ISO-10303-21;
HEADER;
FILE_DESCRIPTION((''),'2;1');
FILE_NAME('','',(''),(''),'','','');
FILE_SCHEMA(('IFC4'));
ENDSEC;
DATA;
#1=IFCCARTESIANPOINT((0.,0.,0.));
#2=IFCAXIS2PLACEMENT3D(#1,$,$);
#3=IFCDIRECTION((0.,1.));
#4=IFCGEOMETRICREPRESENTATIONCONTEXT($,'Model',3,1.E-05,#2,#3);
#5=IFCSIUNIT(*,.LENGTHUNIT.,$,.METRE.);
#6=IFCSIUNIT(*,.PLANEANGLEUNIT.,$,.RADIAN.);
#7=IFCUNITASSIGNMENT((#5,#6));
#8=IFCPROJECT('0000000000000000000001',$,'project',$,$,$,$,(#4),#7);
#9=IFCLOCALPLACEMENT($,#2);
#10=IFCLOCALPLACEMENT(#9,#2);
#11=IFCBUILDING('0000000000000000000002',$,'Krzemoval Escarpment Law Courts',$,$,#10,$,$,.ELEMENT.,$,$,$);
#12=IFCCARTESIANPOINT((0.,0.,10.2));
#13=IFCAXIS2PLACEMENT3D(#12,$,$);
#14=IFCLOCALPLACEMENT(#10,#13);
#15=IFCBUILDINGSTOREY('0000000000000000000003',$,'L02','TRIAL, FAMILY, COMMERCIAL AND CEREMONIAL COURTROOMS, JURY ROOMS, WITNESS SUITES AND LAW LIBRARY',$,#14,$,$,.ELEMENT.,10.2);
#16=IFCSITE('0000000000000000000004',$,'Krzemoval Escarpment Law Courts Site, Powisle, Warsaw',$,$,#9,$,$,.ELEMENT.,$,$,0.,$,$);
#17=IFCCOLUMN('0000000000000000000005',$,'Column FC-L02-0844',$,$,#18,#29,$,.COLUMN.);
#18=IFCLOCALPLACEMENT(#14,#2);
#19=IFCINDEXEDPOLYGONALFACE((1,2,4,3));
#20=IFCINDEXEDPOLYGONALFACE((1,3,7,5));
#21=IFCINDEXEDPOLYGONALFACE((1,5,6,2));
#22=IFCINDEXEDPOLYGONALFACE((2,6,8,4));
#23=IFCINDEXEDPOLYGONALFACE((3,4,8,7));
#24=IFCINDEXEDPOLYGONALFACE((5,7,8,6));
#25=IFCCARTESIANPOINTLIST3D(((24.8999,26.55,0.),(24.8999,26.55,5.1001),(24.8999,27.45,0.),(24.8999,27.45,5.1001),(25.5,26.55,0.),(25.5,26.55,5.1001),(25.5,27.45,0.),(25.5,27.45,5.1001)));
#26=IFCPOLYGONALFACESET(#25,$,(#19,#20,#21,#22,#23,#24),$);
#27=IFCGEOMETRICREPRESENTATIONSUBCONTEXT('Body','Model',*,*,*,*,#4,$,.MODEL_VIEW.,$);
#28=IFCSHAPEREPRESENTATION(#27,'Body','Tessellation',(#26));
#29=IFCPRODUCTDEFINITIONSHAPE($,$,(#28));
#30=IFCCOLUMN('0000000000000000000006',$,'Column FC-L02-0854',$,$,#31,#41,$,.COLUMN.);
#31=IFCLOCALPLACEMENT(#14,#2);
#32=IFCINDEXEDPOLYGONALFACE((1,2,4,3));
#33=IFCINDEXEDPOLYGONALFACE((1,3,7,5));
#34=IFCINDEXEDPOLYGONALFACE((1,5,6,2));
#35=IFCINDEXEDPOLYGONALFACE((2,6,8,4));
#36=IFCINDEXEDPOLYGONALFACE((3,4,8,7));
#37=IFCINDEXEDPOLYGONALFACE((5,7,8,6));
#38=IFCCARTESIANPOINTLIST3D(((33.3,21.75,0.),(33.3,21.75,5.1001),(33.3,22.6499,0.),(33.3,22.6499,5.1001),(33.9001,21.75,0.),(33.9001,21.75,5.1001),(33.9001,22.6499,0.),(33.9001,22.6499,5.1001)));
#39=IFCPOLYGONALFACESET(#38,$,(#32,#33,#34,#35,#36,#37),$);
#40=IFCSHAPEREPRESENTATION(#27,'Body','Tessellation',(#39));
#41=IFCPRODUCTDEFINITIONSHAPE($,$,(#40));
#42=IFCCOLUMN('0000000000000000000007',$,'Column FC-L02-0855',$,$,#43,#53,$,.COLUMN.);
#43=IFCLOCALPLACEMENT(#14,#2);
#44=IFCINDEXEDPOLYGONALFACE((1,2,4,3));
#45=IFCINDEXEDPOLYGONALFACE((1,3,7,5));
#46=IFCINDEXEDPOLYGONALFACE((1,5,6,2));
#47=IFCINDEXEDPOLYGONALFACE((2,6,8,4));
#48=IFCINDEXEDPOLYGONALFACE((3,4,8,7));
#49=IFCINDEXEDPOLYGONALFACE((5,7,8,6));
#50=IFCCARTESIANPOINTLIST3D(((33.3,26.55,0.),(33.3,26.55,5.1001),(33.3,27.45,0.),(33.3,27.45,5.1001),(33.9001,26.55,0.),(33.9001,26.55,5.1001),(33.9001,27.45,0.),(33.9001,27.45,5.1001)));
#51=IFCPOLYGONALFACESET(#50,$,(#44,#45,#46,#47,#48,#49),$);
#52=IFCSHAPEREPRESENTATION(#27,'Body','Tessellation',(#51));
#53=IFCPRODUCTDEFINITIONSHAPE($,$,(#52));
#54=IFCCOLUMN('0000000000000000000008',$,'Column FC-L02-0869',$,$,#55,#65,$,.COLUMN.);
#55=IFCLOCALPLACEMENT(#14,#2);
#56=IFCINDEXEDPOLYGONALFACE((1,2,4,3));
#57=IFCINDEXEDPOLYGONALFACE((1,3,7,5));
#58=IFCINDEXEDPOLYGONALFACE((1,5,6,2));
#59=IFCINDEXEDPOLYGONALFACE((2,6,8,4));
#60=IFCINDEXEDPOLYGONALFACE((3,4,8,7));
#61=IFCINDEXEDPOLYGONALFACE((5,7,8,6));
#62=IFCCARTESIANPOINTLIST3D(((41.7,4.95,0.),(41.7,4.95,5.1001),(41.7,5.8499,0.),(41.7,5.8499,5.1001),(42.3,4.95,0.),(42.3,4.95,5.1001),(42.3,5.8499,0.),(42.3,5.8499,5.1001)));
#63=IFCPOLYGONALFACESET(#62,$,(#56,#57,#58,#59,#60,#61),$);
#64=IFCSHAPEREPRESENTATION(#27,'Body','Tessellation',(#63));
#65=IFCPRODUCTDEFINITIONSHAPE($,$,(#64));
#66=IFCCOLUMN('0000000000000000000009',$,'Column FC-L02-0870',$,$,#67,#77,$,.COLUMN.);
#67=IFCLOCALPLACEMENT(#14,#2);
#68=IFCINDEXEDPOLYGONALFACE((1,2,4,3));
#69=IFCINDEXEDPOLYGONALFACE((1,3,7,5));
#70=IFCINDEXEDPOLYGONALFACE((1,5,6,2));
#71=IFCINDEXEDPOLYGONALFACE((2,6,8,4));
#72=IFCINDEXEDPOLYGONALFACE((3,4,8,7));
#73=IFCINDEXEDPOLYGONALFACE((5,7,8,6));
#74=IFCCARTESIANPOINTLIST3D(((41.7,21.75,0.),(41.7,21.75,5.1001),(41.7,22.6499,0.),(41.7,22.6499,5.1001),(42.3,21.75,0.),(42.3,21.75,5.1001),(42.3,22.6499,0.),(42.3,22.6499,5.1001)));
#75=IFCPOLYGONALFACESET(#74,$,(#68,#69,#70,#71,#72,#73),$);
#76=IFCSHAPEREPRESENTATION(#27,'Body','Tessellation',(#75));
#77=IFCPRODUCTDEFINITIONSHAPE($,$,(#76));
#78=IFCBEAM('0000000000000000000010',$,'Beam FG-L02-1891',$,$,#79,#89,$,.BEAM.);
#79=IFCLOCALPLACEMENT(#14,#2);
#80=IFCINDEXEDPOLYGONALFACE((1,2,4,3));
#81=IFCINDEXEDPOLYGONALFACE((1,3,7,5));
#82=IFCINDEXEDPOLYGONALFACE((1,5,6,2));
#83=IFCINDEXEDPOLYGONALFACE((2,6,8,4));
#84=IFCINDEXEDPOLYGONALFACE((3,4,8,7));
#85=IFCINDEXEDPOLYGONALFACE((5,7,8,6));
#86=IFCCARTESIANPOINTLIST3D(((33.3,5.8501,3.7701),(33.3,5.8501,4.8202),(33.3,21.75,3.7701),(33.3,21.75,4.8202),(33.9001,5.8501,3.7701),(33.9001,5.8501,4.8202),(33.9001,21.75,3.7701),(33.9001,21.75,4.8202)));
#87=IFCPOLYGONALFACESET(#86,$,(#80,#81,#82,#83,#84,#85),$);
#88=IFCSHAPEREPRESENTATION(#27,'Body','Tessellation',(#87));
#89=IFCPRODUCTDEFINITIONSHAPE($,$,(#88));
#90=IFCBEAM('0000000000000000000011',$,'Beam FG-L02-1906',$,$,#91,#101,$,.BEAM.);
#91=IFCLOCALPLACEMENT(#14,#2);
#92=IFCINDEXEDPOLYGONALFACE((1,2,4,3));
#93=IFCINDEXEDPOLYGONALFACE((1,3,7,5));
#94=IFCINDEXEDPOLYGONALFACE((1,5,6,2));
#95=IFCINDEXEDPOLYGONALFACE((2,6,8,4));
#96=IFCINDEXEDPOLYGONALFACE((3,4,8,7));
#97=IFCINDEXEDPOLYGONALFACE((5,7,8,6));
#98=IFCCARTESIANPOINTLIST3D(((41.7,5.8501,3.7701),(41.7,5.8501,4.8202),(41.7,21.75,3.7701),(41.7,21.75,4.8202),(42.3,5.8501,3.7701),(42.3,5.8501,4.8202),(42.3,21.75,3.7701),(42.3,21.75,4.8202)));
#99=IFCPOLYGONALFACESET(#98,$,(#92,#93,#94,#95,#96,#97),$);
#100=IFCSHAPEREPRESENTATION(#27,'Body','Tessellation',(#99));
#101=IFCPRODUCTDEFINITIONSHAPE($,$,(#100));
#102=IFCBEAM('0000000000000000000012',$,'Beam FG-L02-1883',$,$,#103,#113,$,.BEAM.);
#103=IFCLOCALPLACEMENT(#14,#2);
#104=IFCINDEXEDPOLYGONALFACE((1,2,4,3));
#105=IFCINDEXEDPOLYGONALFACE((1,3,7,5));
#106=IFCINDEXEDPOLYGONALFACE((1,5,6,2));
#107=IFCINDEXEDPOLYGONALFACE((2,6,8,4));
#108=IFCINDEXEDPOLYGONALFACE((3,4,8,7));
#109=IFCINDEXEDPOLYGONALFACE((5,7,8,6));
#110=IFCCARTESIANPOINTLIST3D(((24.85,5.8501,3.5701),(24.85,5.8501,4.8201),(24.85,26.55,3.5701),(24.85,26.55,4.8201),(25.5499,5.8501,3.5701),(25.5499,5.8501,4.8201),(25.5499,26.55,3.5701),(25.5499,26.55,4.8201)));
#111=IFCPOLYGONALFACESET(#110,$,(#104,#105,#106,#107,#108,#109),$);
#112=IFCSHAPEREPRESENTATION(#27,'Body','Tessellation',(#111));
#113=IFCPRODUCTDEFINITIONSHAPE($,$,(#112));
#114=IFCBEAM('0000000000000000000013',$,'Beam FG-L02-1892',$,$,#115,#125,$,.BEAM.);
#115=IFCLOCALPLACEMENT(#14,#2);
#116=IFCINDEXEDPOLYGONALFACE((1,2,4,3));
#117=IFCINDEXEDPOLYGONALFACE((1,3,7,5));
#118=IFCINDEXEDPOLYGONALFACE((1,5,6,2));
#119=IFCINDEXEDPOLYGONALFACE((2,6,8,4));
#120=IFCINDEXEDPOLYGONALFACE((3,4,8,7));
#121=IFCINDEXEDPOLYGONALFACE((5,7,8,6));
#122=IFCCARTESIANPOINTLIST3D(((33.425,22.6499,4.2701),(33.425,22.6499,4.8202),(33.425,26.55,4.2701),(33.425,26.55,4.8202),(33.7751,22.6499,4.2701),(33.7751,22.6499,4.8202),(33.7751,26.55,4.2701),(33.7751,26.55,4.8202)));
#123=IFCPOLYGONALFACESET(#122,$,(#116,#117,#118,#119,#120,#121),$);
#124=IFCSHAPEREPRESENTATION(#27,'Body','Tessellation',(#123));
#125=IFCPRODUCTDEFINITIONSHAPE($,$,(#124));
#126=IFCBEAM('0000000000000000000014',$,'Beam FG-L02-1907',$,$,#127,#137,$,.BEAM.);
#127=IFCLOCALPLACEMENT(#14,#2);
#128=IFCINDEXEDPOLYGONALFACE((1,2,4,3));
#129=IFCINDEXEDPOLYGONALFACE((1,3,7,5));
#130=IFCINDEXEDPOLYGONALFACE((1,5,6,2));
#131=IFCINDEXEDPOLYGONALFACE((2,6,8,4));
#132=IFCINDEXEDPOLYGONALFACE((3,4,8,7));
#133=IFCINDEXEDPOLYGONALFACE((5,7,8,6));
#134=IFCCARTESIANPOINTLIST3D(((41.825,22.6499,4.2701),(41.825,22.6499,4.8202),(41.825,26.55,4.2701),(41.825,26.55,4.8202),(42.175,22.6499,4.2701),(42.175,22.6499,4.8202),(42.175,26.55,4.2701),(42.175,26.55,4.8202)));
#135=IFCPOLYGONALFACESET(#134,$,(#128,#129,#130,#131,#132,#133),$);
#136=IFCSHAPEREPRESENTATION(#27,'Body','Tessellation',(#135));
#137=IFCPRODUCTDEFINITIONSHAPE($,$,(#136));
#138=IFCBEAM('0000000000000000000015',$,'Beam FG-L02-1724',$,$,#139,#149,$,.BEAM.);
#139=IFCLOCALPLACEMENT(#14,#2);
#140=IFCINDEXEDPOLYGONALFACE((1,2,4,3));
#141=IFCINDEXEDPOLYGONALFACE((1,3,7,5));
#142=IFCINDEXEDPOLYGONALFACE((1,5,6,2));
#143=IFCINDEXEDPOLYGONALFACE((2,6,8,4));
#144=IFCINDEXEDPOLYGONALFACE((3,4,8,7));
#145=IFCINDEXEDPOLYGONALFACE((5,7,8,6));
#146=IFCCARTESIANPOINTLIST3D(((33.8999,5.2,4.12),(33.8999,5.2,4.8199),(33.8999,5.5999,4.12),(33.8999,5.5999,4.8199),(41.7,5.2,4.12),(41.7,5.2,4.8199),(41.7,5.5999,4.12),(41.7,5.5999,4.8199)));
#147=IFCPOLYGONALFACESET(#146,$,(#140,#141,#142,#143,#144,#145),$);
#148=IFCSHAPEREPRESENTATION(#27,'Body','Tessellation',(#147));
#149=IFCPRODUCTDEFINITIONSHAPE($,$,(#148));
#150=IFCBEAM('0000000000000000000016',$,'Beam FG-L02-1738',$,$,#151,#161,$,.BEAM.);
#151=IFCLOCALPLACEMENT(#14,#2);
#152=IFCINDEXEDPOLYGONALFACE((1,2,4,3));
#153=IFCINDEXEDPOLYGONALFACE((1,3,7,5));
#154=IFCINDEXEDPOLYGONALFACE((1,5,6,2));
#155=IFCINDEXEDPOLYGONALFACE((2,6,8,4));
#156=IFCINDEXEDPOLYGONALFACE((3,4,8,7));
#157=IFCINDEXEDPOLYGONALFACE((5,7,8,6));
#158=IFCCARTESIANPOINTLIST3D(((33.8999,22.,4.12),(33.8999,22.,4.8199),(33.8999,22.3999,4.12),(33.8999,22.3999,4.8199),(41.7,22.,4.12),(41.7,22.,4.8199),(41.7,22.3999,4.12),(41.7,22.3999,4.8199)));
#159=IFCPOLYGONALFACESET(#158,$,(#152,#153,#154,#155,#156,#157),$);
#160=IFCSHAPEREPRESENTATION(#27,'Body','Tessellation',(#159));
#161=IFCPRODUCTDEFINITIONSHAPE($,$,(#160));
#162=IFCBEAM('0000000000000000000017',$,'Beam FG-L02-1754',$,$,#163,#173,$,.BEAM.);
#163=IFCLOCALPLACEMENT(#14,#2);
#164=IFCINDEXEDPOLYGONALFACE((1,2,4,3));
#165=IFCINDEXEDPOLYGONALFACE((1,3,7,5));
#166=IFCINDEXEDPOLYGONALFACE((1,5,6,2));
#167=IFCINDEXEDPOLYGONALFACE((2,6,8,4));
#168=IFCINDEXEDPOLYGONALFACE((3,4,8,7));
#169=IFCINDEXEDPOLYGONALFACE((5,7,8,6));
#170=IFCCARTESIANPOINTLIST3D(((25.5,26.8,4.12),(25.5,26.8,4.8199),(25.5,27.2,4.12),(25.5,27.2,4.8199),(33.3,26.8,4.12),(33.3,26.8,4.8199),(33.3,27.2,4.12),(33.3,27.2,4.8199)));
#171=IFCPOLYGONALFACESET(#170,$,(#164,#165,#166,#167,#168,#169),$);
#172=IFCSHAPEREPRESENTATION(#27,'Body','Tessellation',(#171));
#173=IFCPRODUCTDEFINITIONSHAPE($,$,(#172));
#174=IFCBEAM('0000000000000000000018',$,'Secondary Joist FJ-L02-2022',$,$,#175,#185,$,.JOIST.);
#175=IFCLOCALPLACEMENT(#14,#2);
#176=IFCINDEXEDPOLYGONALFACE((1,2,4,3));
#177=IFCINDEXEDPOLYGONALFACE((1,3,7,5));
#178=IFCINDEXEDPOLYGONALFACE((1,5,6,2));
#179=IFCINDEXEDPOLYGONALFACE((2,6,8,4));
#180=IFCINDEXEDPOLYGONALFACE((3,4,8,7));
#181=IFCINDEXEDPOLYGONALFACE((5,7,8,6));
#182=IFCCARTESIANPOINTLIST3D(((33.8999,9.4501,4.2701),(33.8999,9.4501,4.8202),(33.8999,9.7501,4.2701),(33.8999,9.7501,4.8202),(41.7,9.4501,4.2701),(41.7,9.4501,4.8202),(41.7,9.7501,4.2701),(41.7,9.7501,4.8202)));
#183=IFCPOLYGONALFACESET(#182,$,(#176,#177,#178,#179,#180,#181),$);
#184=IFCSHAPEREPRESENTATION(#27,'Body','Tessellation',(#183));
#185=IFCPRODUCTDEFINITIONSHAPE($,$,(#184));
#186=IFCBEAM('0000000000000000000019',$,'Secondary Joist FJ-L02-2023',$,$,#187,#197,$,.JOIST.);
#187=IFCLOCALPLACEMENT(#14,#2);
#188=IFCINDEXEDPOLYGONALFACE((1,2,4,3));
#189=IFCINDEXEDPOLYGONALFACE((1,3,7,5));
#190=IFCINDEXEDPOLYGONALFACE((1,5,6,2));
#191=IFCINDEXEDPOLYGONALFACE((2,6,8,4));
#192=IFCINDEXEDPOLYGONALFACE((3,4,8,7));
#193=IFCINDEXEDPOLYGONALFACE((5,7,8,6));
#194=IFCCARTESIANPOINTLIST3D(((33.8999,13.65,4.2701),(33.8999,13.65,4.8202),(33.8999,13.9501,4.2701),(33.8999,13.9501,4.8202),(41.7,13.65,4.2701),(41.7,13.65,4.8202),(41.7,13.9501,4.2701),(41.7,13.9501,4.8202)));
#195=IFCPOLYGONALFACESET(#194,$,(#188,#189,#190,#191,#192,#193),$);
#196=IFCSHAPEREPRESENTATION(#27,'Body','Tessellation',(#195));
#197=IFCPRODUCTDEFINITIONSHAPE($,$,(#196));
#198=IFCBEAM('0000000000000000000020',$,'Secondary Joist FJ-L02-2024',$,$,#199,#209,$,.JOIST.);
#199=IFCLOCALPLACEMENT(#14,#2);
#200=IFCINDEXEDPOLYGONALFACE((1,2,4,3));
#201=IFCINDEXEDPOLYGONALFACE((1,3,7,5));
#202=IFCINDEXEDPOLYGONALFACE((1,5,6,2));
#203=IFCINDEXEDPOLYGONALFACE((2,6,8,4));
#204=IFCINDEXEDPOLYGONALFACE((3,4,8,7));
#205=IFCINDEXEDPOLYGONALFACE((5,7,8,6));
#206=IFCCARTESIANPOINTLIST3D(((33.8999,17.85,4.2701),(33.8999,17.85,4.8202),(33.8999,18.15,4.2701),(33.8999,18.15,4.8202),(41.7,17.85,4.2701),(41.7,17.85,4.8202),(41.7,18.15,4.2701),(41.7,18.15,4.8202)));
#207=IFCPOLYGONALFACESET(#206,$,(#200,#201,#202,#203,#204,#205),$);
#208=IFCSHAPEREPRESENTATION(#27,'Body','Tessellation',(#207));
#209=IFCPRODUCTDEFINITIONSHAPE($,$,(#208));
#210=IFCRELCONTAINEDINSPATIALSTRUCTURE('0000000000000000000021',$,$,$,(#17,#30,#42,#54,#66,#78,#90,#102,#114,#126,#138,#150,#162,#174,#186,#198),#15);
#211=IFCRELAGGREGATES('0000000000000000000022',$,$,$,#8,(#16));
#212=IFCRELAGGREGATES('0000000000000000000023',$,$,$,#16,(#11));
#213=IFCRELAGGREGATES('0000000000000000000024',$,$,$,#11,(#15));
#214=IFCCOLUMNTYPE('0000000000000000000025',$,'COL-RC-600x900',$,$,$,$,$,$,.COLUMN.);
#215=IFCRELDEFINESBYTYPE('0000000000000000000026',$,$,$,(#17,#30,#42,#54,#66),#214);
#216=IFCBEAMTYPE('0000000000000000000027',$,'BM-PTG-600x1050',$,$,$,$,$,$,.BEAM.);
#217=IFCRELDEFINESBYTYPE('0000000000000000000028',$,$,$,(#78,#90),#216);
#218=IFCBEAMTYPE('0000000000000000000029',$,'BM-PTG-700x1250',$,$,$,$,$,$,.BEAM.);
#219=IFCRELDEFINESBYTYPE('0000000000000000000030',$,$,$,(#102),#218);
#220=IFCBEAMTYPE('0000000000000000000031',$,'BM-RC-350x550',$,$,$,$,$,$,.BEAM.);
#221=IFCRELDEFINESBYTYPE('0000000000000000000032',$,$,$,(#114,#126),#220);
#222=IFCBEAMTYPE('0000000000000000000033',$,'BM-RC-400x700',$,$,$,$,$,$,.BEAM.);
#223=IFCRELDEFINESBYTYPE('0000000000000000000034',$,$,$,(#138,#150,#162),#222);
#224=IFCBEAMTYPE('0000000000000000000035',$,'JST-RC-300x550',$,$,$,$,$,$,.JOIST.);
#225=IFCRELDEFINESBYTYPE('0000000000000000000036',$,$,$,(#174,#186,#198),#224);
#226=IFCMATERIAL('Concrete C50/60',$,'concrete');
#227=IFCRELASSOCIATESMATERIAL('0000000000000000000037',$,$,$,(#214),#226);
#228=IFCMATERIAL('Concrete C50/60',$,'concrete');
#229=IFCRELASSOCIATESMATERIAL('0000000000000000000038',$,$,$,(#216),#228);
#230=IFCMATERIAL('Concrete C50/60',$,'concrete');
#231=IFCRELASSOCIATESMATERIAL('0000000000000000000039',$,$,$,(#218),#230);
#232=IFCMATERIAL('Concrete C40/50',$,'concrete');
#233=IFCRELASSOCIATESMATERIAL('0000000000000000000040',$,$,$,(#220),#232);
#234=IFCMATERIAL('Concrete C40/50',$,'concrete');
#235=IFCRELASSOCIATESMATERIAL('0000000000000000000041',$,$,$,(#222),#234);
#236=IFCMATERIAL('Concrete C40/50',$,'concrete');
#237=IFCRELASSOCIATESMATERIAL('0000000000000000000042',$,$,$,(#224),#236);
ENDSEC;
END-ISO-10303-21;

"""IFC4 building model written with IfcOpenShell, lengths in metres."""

from ifc_helpers import new_model, si_unit, direction, frame, origin, origin_2d, place, context, subcontext, project, spatial, rectangle, extrude, material, material_profile, profile_set, type_object, element, save


model = new_model("IFC4")

# Units and contexts
model_context = context("Model", 3, precision=1e-05, world=origin(), true_north=direction((0.0, 1.0)))
body_context = subcontext(model_context, "Body", "Model", "MODEL_VIEW")
ifc_project = project(units=[si_unit("LENGTHUNIT", "METRE"), si_unit("PLANEANGLEUNIT", "RADIAN")], contexts=[model_context])

# Site, building, storey
site_placement = place(None, origin())
site = spatial("IfcSite", under=ifc_project, at=site_placement, Name="Krzemoval Escarpment Law Courts Site, Powisle, Warsaw", CompositionType="ELEMENT", RefElevation=0.0)
building_placement = place(site_placement, origin())
building = spatial("IfcBuilding", under=site, at=building_placement, Name="Krzemoval Escarpment Law Courts", CompositionType="ELEMENT")
storey_placement = place(building_placement, frame((0.0, 0.0, 10.2)))
storey = spatial("IfcBuildingStorey", under=building, at=storey_placement, Name="L02", Description="TRIAL, FAMILY, COMMERCIAL AND CEREMONIAL COURTROOMS, JURY ROOMS, WITNESS SUITES AND LAW LIBRARY", CompositionType="ELEMENT", Elevation=10.2)

# Columns
ifc_material_1 = material(Name="Concrete C50/60", Category="concrete")
ifc_material_profile_1 = material_profile(ifc_material_1, rectangle(XDim=0.6001, YDim=0.8999, at=origin_2d()), Name="RC 600x900")
ifc_profile_set_1 = profile_set([ifc_material_profile_1], Name="Concrete C50/60")
column_type = type_object("IfcColumnType", Name="COL-RC-600x900", PredefinedType="COLUMN", material=ifc_profile_set_1)
for number, where, z_axis, x_axis, name in (
    (1, (25.2, 27.0, 0.0), (0.0, 0.0, 1.0), (1.0, 0.0, 0.0), "Column FC-L02-0844"),
    (2, (33.6001, 22.2, 0.0), (0.0, 0.0, 1.0), (1.0, 0.0, 0.0), "Column FC-L02-0854"),
    (3, (33.6001, 27.0, 0.0), (0.0, 0.0, 1.0), (1.0, 0.0, 0.0), "Column FC-L02-0855"),
    (4, (42.0, 5.3999, 0.0), (0.0, 0.0, 1.0), (1.0, 0.0, 0.0), "Column FC-L02-0869"),
    (5, (42.0, 22.2, 0.0), (0.0, 0.0, 1.0), (1.0, 0.0, 0.0), "Column FC-L02-0870"),
):
    element("IfcColumn", number, at=place(storey_placement, frame(where, z_axis=z_axis, x_axis=x_axis)), inside=storey, type_object=column_type, Name=name, PredefinedType="COLUMN", context=body_context, shape_type="SweptSolid", body=[
        extrude(rectangle(XDim=0.6001, YDim=0.8999, at=origin_2d()), origin(), (0.0, 0.0, 1.0), 5.1001),
    ])

# Beams
ifc_material_2 = material(Name="Concrete C50/60", Category="concrete")
ifc_material_profile_2 = material_profile(ifc_material_2, rectangle(XDim=0.6001, YDim=1.05, at=origin_2d()), Name="PTG 600x1050")
ifc_profile_set_2 = profile_set([ifc_material_profile_2], Name="Concrete C50/60")
beam_type_1 = type_object("IfcBeamType", Name="BM-PTG-600x1050", PredefinedType="BEAM", material=ifc_profile_set_2)
for number, where, z_axis, x_axis, name in (
    (6, (33.6001, 5.8501, 4.2952), (0.0, 1.0, 0.0), (-1.0, 0.0, 0.0), "Beam FG-L02-1891"),
    (7, (42.0, 5.8501, 4.2952), (0.0, 1.0, 0.0), (-1.0, 0.0, 0.0), "Beam FG-L02-1906"),
):
    element("IfcBeam", number, at=place(storey_placement, frame(where, z_axis=z_axis, x_axis=x_axis)), inside=storey, type_object=beam_type_1, Name=name, PredefinedType="BEAM", context=body_context, shape_type="SweptSolid", body=[
        extrude(rectangle(XDim=0.6001, YDim=1.05, at=origin_2d()), origin(), (0.0, 0.0, 1.0), 15.8999),
    ])
ifc_material_3 = material(Name="Concrete C50/60", Category="concrete")
ifc_material_profile_3 = material_profile(ifc_material_3, rectangle(XDim=0.7, YDim=1.25, at=origin_2d()), Name="PTG 700x1250")
ifc_profile_set_3 = profile_set([ifc_material_profile_3], Name="Concrete C50/60")
beam_type_2 = type_object("IfcBeamType", Name="BM-PTG-700x1250", PredefinedType="BEAM", material=ifc_profile_set_3)
beam_placement = place(storey_placement, frame((25.2, 5.8501, 4.1951), z_axis=(0.0, 1.0, 0.0), x_axis=(-1.0, 0.0, 0.0)))
element("IfcBeam", 8, at=beam_placement, inside=storey, type_object=beam_type_2, Name="Beam FG-L02-1883", PredefinedType="BEAM", context=body_context, shape_type="SweptSolid", body=[
    extrude(rectangle(XDim=0.7, YDim=1.25, at=origin_2d()), origin(), (0.0, 0.0, 1.0), 20.7),
])
ifc_material_4 = material(Name="Concrete C40/50", Category="concrete")
ifc_material_profile_4 = material_profile(ifc_material_4, rectangle(XDim=0.3501, YDim=0.55, at=origin_2d()), Name="RCB 350x550")
ifc_profile_set_4 = profile_set([ifc_material_profile_4], Name="Concrete C40/50")
beam_type_3 = type_object("IfcBeamType", Name="BM-RC-350x550", PredefinedType="BEAM", material=ifc_profile_set_4)
for number, where, z_axis, x_axis, name in (
    (9, (33.6001, 22.6499, 4.5452), (0.0, 1.0, 0.0), (-1.0, 0.0, 0.0), "Beam FG-L02-1892"),
    (10, (42.0, 22.6499, 4.5452), (0.0, 1.0, 0.0), (-1.0, 0.0, 0.0), "Beam FG-L02-1907"),
):
    element("IfcBeam", number, at=place(storey_placement, frame(where, z_axis=z_axis, x_axis=x_axis)), inside=storey, type_object=beam_type_3, Name=name, PredefinedType="BEAM", context=body_context, shape_type="SweptSolid", body=[
        extrude(rectangle(XDim=0.3501, YDim=0.55, at=origin_2d()), origin(), (0.0, 0.0, 1.0), 3.9001),
    ])
ifc_material_5 = material(Name="Concrete C40/50", Category="concrete")
ifc_material_profile_5 = material_profile(ifc_material_5, rectangle(XDim=0.3999, YDim=0.7, at=origin_2d()), Name="RCB 400x700")
ifc_profile_set_5 = profile_set([ifc_material_profile_5], Name="Concrete C40/50")
beam_type_4 = type_object("IfcBeamType", Name="BM-RC-400x700", PredefinedType="BEAM", material=ifc_profile_set_5)
for number, where, z_axis, x_axis, name in (
    (11, (33.8999, 5.3999, 4.47), (1.0, 0.0, 0.0), (0.0, 1.0, 0.0), "Beam FG-L02-1724"),
    (12, (33.8999, 22.2, 4.47), (1.0, 0.0, 0.0), (0.0, 1.0, 0.0), "Beam FG-L02-1738"),
    (13, (25.5, 27.0, 4.47), (1.0, 0.0, 0.0), (0.0, 1.0, 0.0), "Beam FG-L02-1754"),
):
    element("IfcBeam", number, at=place(storey_placement, frame(where, z_axis=z_axis, x_axis=x_axis)), inside=storey, type_object=beam_type_4, Name=name, PredefinedType="BEAM", context=body_context, shape_type="SweptSolid", body=[
        extrude(rectangle(XDim=0.3999, YDim=0.7, at=origin_2d()), origin(), (0.0, 0.0, 1.0), 7.8),
    ])
ifc_material_6 = material(Name="Concrete C40/50", Category="concrete")
ifc_material_profile_6 = material_profile(ifc_material_6, rectangle(XDim=0.3, YDim=0.55, at=origin_2d()), Name="RCB 300x550")
ifc_profile_set_6 = profile_set([ifc_material_profile_6], Name="Concrete C40/50")
beam_type_5 = type_object("IfcBeamType", Name="JST-RC-300x550", PredefinedType="JOIST", material=ifc_profile_set_6)
for number, where, z_axis, x_axis, name in (
    (14, (33.8999, 9.6001, 4.5452), (1.0, 0.0, 0.0), (0.0, 1.0, 0.0), "Secondary Joist FJ-L02-2022"),
    (15, (33.8999, 13.8, 4.5452), (1.0, 0.0, 0.0), (0.0, 1.0, 0.0), "Secondary Joist FJ-L02-2023"),
    (16, (33.8999, 18.0, 4.5452), (1.0, 0.0, 0.0), (0.0, 1.0, 0.0), "Secondary Joist FJ-L02-2024"),
):
    element("IfcBeam", number, at=place(storey_placement, frame(where, z_axis=z_axis, x_axis=x_axis)), inside=storey, type_object=beam_type_5, Name=name, PredefinedType="JOIST", context=body_context, shape_type="SweptSolid", body=[
        extrude(rectangle(XDim=0.3, YDim=0.55, at=origin_2d()), origin(), (0.0, 0.0, 1.0), 7.8),
    ])

save(model, "model.ifc")
